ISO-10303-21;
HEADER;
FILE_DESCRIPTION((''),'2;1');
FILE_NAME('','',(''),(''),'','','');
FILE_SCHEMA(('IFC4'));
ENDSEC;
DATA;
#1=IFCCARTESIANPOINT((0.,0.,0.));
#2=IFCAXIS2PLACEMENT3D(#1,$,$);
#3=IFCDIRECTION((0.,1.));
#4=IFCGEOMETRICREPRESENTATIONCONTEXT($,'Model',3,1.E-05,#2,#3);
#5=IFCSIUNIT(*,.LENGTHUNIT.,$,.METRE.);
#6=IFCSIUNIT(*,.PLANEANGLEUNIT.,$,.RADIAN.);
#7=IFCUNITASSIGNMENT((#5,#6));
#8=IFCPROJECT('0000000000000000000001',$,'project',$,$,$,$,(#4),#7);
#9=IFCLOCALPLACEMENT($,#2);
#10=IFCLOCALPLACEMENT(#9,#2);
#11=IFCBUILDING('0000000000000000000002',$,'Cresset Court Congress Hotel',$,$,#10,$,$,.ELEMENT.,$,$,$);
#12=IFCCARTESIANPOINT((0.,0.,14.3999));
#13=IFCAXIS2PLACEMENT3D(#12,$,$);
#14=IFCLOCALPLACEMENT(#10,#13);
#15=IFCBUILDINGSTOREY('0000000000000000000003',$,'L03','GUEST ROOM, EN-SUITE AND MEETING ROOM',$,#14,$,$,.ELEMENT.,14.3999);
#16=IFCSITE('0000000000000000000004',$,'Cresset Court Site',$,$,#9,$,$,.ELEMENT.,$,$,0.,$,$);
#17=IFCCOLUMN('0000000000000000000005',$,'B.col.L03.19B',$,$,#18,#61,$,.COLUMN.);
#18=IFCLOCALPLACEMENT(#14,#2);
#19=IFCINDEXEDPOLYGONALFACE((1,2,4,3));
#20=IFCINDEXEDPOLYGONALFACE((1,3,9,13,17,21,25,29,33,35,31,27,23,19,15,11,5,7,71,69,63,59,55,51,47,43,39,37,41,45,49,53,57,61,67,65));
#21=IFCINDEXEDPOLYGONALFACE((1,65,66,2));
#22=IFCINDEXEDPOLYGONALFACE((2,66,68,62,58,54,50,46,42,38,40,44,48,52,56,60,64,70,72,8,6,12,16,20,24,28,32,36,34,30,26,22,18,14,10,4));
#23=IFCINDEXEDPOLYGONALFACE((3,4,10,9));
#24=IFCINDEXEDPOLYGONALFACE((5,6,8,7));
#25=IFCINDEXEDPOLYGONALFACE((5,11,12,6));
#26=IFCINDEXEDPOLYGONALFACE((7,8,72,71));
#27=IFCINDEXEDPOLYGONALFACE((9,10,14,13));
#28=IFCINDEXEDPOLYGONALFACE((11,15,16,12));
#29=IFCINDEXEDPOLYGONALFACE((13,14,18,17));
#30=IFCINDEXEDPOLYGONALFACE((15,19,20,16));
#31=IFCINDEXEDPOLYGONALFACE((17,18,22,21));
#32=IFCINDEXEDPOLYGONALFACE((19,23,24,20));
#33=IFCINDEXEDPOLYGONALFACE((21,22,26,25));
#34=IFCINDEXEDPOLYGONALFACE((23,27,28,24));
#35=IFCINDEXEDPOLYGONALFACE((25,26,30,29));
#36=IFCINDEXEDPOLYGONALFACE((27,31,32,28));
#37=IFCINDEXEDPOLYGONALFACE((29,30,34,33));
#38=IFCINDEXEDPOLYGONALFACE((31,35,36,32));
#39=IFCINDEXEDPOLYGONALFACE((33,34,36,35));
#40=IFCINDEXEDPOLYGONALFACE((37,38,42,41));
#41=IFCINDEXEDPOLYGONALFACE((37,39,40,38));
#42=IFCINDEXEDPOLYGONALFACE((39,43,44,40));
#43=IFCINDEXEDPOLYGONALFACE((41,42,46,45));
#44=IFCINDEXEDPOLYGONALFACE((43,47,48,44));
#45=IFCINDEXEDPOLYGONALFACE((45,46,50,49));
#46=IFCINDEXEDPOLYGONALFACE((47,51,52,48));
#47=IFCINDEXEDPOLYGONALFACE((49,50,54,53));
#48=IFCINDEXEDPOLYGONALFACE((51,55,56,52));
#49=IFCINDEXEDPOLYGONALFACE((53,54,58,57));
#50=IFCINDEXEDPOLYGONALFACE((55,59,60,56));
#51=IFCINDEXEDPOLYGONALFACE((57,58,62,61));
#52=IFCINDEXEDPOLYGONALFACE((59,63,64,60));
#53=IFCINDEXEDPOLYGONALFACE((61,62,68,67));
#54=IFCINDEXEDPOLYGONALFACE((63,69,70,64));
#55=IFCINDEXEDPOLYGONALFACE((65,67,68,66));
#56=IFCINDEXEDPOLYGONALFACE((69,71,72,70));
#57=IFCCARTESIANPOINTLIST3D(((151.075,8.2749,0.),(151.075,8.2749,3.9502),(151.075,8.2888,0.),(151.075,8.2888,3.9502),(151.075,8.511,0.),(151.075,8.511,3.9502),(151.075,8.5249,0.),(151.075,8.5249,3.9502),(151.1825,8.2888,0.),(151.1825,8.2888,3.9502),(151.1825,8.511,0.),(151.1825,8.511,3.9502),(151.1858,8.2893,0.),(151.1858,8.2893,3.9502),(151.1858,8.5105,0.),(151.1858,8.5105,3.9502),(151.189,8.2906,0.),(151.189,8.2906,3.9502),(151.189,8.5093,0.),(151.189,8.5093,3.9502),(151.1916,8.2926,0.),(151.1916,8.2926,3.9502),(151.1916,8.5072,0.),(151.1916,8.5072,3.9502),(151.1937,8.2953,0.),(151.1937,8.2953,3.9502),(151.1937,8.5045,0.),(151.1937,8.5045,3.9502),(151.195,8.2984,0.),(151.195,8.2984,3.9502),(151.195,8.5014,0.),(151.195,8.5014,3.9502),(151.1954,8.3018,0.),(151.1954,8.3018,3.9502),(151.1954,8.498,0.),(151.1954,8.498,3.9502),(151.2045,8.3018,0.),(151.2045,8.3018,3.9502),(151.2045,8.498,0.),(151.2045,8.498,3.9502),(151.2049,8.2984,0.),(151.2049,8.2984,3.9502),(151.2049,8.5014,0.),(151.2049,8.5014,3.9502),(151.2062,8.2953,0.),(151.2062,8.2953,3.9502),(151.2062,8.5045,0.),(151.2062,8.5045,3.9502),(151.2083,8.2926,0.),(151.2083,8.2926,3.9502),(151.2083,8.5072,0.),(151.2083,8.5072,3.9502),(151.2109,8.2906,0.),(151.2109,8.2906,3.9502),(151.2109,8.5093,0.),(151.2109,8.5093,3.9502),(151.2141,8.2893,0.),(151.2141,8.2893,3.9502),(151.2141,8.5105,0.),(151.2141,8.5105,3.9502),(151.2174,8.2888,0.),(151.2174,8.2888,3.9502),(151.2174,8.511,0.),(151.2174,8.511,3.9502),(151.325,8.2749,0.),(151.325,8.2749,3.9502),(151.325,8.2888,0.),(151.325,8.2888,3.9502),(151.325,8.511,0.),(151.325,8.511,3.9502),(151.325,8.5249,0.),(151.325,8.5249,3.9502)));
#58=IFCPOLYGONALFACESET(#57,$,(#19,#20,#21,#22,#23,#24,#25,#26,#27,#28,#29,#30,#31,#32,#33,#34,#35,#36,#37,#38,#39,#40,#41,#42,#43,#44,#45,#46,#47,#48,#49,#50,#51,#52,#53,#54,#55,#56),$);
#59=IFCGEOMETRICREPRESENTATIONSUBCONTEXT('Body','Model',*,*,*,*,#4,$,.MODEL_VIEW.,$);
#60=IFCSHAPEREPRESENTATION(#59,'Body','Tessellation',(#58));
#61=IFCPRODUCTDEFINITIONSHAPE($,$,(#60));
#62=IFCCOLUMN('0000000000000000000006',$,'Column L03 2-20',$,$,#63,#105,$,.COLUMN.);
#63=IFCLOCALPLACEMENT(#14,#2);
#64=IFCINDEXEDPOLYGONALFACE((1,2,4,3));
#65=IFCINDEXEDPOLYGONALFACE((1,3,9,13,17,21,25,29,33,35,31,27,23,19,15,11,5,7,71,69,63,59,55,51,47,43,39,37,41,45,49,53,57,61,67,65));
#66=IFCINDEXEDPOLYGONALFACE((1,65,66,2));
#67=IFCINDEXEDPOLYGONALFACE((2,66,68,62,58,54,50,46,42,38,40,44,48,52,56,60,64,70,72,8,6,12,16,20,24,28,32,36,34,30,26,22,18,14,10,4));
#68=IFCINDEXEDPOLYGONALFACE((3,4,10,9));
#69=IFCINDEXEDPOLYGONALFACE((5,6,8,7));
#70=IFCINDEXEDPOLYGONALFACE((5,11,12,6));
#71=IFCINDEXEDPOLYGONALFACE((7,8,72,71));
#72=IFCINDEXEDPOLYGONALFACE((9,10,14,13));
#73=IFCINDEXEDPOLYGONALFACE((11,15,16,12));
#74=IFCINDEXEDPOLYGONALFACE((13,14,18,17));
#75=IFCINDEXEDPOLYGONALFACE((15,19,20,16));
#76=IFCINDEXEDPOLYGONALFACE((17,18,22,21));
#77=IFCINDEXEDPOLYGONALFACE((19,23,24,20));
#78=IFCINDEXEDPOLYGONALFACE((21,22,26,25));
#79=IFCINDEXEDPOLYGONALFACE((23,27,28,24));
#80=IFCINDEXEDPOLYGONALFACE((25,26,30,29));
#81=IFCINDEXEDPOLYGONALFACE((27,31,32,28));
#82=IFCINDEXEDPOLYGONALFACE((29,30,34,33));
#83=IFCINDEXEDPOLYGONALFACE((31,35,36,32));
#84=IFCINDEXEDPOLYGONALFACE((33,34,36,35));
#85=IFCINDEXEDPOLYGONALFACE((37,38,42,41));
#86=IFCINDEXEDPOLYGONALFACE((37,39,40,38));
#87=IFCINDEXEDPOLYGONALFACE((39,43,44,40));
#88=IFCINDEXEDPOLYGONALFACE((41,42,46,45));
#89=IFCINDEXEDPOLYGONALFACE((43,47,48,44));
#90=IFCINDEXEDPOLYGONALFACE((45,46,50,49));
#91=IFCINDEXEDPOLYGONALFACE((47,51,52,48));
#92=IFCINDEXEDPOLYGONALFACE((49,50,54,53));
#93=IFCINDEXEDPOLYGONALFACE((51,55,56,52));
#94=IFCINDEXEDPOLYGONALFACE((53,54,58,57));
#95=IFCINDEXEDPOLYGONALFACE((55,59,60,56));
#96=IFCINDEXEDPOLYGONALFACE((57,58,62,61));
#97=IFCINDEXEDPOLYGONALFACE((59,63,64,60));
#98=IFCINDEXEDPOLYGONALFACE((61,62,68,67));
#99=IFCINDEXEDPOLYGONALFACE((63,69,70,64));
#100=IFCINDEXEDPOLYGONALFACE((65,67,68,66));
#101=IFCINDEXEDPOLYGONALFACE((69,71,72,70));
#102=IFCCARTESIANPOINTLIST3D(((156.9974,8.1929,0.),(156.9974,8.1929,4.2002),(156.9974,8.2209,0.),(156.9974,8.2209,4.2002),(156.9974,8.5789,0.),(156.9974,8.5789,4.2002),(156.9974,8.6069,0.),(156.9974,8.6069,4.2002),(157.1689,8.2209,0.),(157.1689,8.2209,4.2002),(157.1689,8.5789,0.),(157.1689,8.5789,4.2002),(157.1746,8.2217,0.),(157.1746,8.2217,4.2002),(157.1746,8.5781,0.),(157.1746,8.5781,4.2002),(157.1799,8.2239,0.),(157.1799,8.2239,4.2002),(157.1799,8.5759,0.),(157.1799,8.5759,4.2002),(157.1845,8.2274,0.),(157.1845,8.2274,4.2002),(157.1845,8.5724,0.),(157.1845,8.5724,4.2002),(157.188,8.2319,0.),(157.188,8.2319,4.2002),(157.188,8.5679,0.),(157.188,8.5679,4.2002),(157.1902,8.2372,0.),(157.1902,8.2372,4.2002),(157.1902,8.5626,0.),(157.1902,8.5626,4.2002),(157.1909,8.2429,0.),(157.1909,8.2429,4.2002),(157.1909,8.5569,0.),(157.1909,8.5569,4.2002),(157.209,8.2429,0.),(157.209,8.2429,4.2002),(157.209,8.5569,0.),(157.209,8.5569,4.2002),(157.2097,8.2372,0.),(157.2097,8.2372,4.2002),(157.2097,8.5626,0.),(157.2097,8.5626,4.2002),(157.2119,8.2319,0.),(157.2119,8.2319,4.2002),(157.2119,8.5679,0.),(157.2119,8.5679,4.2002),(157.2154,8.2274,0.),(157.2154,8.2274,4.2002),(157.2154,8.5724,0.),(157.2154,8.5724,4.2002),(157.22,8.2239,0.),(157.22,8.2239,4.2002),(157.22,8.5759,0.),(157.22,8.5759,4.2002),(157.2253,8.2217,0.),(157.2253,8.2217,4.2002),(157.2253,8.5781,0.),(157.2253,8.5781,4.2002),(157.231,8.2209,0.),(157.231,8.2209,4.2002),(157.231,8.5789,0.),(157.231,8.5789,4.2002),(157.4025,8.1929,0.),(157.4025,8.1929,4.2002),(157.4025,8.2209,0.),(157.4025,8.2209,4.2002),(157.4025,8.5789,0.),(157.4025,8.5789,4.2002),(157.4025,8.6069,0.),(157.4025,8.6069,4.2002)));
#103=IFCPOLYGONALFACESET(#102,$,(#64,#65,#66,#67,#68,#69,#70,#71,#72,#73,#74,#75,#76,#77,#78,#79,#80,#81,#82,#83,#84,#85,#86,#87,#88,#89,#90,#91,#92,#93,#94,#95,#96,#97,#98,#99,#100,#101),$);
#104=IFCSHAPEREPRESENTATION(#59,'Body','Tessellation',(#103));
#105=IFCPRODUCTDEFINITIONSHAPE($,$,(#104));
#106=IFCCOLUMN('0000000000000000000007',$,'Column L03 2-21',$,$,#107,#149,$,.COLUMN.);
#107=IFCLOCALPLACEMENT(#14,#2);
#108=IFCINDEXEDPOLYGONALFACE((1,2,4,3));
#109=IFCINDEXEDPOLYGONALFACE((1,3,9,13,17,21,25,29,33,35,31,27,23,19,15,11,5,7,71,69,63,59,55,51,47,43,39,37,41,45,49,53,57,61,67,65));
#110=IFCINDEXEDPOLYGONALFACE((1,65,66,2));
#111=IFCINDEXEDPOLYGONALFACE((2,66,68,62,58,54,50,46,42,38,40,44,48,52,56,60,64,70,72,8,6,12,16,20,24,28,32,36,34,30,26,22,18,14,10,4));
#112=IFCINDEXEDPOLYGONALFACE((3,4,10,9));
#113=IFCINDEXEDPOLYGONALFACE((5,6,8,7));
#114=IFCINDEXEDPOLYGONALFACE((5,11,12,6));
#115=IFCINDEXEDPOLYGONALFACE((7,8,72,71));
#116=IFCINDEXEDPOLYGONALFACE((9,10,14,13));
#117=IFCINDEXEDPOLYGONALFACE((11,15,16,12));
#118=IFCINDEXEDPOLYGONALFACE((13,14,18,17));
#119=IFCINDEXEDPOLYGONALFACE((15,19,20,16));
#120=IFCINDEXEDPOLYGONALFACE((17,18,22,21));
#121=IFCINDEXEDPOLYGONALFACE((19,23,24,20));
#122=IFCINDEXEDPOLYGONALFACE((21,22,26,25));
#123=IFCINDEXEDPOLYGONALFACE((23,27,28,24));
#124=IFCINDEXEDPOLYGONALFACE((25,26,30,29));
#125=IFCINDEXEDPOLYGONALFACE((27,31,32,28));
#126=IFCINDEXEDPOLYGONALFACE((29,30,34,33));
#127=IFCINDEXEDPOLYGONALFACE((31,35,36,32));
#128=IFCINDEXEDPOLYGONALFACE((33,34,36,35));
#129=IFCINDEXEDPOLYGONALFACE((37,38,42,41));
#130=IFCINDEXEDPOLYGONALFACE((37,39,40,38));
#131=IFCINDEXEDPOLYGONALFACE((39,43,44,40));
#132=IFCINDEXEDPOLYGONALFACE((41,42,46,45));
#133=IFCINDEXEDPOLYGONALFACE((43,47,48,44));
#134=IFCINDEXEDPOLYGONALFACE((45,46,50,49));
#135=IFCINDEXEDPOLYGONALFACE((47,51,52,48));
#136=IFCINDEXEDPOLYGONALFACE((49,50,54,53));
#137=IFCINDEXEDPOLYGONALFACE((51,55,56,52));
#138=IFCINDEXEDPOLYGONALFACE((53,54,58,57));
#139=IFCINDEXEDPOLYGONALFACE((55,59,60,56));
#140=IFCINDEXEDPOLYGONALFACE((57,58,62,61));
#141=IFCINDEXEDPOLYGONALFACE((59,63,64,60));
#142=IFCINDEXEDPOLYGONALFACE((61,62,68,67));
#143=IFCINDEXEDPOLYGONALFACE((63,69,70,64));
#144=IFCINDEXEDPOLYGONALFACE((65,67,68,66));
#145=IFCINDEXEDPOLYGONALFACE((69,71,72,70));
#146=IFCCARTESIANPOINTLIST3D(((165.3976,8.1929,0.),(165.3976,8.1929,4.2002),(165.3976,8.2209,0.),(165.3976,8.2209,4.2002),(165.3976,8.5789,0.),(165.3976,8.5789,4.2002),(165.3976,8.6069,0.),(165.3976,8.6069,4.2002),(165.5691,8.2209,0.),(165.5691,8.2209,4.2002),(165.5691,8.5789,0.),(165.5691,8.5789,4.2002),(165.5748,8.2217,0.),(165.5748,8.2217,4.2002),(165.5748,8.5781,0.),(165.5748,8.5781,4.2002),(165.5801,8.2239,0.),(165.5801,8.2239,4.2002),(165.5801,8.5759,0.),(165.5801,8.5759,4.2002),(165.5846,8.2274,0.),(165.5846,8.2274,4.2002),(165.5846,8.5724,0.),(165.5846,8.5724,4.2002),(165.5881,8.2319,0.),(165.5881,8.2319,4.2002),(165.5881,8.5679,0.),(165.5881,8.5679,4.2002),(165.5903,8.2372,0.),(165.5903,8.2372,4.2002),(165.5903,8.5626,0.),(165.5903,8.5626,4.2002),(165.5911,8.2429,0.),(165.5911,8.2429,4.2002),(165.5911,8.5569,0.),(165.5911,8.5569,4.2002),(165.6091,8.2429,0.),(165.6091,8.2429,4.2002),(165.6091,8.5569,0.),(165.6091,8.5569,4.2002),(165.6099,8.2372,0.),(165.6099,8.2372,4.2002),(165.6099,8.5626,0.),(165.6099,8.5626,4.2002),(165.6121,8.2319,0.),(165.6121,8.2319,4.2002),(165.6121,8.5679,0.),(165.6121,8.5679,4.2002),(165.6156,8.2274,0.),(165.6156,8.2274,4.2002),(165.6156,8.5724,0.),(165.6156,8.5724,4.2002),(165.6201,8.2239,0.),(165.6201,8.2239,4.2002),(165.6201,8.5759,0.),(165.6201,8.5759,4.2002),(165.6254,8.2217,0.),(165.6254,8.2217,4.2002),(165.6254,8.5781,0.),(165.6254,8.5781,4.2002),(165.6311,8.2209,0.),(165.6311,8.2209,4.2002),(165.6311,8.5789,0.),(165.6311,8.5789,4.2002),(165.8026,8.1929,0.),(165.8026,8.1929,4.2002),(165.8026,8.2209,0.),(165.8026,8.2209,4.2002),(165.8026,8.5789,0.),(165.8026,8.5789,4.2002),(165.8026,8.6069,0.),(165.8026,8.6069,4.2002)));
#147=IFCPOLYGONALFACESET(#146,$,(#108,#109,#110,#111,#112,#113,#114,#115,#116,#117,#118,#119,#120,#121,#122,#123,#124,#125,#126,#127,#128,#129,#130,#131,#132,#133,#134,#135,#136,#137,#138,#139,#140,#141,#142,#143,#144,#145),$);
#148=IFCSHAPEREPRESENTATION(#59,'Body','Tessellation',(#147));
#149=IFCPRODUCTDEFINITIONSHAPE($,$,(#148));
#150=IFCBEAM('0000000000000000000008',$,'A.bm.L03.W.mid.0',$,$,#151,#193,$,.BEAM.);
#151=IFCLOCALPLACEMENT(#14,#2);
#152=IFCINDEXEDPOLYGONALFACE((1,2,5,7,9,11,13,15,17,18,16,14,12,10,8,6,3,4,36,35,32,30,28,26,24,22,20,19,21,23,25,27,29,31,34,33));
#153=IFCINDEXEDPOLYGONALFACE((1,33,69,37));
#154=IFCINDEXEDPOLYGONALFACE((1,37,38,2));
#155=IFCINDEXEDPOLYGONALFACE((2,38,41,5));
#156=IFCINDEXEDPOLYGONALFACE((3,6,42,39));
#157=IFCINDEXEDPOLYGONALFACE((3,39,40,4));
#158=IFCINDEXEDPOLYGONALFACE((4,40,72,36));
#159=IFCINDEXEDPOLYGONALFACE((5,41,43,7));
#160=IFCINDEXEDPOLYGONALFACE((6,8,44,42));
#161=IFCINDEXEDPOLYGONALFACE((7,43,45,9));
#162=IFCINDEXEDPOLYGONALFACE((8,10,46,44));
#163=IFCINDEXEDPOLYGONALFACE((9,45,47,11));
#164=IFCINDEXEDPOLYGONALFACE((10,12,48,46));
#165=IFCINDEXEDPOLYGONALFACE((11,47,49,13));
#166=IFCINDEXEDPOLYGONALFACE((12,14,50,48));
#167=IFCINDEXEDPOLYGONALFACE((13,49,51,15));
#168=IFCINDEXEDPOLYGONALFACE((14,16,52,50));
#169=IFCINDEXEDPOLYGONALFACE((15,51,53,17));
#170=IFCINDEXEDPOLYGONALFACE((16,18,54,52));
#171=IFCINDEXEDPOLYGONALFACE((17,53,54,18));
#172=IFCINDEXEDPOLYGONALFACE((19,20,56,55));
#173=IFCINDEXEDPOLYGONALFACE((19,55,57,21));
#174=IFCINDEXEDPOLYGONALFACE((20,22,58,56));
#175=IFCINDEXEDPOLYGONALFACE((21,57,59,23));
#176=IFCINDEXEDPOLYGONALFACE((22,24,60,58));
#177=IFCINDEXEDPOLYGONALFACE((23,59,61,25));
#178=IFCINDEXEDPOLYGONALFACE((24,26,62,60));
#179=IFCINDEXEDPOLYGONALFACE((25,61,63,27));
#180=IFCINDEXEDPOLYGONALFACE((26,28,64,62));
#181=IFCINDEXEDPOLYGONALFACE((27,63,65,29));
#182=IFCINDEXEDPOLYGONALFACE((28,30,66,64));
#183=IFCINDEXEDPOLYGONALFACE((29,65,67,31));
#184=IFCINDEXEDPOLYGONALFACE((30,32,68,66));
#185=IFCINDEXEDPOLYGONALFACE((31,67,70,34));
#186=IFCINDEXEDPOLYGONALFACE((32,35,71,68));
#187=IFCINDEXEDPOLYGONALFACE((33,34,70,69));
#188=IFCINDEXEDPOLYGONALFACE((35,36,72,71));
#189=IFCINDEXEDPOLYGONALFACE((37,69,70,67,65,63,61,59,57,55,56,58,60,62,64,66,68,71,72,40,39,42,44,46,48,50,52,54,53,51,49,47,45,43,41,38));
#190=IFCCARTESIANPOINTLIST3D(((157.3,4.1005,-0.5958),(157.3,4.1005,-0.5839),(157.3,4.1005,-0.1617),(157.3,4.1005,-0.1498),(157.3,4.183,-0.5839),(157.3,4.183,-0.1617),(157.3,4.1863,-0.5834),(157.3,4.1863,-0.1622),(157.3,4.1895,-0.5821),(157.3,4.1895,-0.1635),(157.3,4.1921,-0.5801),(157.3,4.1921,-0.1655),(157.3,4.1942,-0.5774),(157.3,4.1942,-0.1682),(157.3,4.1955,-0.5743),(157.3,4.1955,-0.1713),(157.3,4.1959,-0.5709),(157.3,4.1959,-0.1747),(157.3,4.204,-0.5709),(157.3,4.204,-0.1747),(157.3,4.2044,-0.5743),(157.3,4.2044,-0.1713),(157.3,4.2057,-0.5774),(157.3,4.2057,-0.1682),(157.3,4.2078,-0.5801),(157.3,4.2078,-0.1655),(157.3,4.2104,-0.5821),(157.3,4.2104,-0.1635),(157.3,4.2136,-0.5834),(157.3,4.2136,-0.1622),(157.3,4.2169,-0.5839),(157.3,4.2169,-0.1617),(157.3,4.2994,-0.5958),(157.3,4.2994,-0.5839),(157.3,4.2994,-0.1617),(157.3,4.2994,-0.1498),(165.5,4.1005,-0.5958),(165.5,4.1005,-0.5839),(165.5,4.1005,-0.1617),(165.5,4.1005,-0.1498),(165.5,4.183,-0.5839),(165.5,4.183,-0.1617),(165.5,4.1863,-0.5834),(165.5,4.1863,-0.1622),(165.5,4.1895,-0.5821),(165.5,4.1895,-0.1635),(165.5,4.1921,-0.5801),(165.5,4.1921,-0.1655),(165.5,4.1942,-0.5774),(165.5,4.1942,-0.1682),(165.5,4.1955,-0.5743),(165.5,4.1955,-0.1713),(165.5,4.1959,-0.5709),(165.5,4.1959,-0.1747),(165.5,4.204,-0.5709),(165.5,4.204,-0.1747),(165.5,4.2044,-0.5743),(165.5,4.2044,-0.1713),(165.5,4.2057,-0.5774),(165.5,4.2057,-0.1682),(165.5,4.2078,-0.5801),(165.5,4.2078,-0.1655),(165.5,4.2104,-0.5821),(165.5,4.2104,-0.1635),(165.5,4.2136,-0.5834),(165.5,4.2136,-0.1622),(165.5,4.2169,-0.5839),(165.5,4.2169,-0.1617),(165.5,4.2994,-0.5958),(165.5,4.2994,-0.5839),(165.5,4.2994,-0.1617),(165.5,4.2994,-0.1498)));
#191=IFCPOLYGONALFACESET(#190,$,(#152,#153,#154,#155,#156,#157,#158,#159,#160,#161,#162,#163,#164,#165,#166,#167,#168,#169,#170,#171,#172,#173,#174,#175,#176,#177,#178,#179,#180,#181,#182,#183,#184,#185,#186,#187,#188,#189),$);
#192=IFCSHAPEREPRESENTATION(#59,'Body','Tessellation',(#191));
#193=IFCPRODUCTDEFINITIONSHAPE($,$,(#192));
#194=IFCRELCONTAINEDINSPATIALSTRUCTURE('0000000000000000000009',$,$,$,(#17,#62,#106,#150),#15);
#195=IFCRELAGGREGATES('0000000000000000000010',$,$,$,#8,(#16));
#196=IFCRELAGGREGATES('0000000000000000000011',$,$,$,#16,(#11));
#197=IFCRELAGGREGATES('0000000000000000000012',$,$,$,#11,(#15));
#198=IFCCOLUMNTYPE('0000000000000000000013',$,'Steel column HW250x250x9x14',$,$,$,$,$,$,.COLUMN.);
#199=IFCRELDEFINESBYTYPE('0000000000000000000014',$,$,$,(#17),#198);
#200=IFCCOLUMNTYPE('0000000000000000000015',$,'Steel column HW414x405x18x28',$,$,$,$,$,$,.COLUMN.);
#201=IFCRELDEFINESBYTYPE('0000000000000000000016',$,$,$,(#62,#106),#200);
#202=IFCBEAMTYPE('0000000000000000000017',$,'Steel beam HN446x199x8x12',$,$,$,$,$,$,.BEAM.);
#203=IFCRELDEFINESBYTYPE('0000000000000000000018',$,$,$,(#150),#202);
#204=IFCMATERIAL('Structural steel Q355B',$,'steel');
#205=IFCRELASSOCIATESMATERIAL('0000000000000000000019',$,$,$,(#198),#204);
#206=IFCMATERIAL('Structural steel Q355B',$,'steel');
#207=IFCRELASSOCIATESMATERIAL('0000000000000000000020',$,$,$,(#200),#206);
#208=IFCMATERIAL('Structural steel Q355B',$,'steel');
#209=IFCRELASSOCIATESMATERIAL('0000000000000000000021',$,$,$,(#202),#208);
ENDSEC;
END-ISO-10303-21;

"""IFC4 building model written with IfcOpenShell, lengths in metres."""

from ifc_helpers import new_model, si_unit, direction, frame, origin, origin_2d, place, context, subcontext, project, spatial, i_section, extrude, material, material_profile, profile_set, type_object, element, save


model = new_model("IFC4")

# Units and contexts
model_context = context("Model", 3, precision=1e-05, world=origin(), true_north=direction((0.0, 1.0)))
body_context = subcontext(model_context, "Body", "Model", "MODEL_VIEW")
ifc_project = project(units=[si_unit("LENGTHUNIT", "METRE"), si_unit("PLANEANGLEUNIT", "RADIAN")], contexts=[model_context])

# Site, building, storey
site_placement = place(None, origin())
site = spatial("IfcSite", under=ifc_project, at=site_placement, Name="Cresset Court Site", CompositionType="ELEMENT", RefElevation=0.0)
building_placement = place(site_placement, origin())
building = spatial("IfcBuilding", under=site, at=building_placement, Name="Cresset Court Congress Hotel", CompositionType="ELEMENT")
storey_placement = place(building_placement, frame((0.0, 0.0, 14.3999)))
storey = spatial("IfcBuildingStorey", under=building, at=storey_placement, Name="L03", Description="GUEST ROOM, EN-SUITE AND MEETING ROOM", CompositionType="ELEMENT", Elevation=14.3999)

# Columns
ifc_material_1 = material(Name="Structural steel Q355B", Category="steel")
ifc_material_profile_1 = material_profile(ifc_material_1, i_section(OverallWidth=0.25, OverallDepth=0.25, WebThickness=0.009, FlangeThickness=0.0139, FilletRadius=0.0129, at=origin_2d()), Name="HW250x250x9x14")
ifc_profile_set_1 = profile_set([ifc_material_profile_1], Name="Structural steel Q355B")
column_type_1 = type_object("IfcColumnType", Name="Steel column HW250x250x9x14", PredefinedType="COLUMN", material=ifc_profile_set_1)
column_placement = place(storey_placement, frame((151.2, 8.3999, 0.0), z_axis=(0.0, 0.0, 1.0), x_axis=(1.0, 0.0, 0.0)))
element("IfcColumn", 1, at=column_placement, inside=storey, type_object=column_type_1, Name="B.col.L03.19B", PredefinedType="COLUMN", context=body_context, shape_type="SweptSolid", body=[
    extrude(i_section(OverallWidth=0.25, OverallDepth=0.25, WebThickness=0.009, FlangeThickness=0.0139, FilletRadius=0.0129, at=origin_2d()), origin(), (0.0, 0.0, 1.0), 3.9502),
])
ifc_material_2 = material(Name="Structural steel Q355B", Category="steel")
ifc_material_profile_2 = material_profile(ifc_material_2, i_section(OverallWidth=0.405, OverallDepth=0.4141, WebThickness=0.0181, FlangeThickness=0.0281, FilletRadius=0.022, at=origin_2d()), Name="HW414x405x18x28")
ifc_profile_set_2 = profile_set([ifc_material_profile_2], Name="Structural steel Q355B")
column_type_2 = type_object("IfcColumnType", Name="Steel column HW414x405x18x28", PredefinedType="COLUMN", material=ifc_profile_set_2)
for number, where, z_axis, x_axis, name in (
    (2, (157.2, 8.3999, 0.0), (0.0, 0.0, 1.0), (1.0, 0.0, 0.0), "Column L03 2-20"),
    (3, (165.6001, 8.3999, 0.0), (0.0, 0.0, 1.0), (1.0, 0.0, 0.0), "Column L03 2-21"),
):
    element("IfcColumn", number, at=place(storey_placement, frame(where, z_axis=z_axis, x_axis=x_axis)), inside=storey, type_object=column_type_2, Name=name, PredefinedType="COLUMN", context=body_context, shape_type="SweptSolid", body=[
        extrude(i_section(OverallWidth=0.405, OverallDepth=0.4141, WebThickness=0.0181, FlangeThickness=0.0281, FilletRadius=0.022, at=origin_2d()), origin(), (0.0, 0.0, 1.0), 4.2002),
    ])

# Beam
ifc_material_3 = material(Name="Structural steel Q355B", Category="steel")
ifc_material_profile_3 = material_profile(ifc_material_3, i_section(OverallWidth=0.199, OverallDepth=0.446, WebThickness=0.0081, FlangeThickness=0.012, FilletRadius=0.0129, at=origin_2d()), Name="HN446x199x8x12")
ifc_profile_set_3 = profile_set([ifc_material_profile_3], Name="Structural steel Q355B")
beam_type_1 = type_object("IfcBeamType", Name="Steel beam HN446x199x8x12", PredefinedType="BEAM", material=ifc_profile_set_3)
beam_1_placement = place(storey_placement, frame((157.3, 4.2, -0.3728), z_axis=(1.0, 0.0, 0.0), x_axis=(0.0, 1.0, 0.0)))
element("IfcBeam", 4, at=beam_1_placement, inside=storey, type_object=beam_type_1, Name="A.bm.L03.W.mid.0", PredefinedType="BEAM", context=body_context, shape_type="SweptSolid", body=[
    extrude(i_section(OverallWidth=0.199, OverallDepth=0.446, WebThickness=0.0081, FlangeThickness=0.012, FilletRadius=0.0129, at=origin_2d()), origin(), (0.0, 0.0, 1.0), 8.2),
])

save(model, "model.ifc")
